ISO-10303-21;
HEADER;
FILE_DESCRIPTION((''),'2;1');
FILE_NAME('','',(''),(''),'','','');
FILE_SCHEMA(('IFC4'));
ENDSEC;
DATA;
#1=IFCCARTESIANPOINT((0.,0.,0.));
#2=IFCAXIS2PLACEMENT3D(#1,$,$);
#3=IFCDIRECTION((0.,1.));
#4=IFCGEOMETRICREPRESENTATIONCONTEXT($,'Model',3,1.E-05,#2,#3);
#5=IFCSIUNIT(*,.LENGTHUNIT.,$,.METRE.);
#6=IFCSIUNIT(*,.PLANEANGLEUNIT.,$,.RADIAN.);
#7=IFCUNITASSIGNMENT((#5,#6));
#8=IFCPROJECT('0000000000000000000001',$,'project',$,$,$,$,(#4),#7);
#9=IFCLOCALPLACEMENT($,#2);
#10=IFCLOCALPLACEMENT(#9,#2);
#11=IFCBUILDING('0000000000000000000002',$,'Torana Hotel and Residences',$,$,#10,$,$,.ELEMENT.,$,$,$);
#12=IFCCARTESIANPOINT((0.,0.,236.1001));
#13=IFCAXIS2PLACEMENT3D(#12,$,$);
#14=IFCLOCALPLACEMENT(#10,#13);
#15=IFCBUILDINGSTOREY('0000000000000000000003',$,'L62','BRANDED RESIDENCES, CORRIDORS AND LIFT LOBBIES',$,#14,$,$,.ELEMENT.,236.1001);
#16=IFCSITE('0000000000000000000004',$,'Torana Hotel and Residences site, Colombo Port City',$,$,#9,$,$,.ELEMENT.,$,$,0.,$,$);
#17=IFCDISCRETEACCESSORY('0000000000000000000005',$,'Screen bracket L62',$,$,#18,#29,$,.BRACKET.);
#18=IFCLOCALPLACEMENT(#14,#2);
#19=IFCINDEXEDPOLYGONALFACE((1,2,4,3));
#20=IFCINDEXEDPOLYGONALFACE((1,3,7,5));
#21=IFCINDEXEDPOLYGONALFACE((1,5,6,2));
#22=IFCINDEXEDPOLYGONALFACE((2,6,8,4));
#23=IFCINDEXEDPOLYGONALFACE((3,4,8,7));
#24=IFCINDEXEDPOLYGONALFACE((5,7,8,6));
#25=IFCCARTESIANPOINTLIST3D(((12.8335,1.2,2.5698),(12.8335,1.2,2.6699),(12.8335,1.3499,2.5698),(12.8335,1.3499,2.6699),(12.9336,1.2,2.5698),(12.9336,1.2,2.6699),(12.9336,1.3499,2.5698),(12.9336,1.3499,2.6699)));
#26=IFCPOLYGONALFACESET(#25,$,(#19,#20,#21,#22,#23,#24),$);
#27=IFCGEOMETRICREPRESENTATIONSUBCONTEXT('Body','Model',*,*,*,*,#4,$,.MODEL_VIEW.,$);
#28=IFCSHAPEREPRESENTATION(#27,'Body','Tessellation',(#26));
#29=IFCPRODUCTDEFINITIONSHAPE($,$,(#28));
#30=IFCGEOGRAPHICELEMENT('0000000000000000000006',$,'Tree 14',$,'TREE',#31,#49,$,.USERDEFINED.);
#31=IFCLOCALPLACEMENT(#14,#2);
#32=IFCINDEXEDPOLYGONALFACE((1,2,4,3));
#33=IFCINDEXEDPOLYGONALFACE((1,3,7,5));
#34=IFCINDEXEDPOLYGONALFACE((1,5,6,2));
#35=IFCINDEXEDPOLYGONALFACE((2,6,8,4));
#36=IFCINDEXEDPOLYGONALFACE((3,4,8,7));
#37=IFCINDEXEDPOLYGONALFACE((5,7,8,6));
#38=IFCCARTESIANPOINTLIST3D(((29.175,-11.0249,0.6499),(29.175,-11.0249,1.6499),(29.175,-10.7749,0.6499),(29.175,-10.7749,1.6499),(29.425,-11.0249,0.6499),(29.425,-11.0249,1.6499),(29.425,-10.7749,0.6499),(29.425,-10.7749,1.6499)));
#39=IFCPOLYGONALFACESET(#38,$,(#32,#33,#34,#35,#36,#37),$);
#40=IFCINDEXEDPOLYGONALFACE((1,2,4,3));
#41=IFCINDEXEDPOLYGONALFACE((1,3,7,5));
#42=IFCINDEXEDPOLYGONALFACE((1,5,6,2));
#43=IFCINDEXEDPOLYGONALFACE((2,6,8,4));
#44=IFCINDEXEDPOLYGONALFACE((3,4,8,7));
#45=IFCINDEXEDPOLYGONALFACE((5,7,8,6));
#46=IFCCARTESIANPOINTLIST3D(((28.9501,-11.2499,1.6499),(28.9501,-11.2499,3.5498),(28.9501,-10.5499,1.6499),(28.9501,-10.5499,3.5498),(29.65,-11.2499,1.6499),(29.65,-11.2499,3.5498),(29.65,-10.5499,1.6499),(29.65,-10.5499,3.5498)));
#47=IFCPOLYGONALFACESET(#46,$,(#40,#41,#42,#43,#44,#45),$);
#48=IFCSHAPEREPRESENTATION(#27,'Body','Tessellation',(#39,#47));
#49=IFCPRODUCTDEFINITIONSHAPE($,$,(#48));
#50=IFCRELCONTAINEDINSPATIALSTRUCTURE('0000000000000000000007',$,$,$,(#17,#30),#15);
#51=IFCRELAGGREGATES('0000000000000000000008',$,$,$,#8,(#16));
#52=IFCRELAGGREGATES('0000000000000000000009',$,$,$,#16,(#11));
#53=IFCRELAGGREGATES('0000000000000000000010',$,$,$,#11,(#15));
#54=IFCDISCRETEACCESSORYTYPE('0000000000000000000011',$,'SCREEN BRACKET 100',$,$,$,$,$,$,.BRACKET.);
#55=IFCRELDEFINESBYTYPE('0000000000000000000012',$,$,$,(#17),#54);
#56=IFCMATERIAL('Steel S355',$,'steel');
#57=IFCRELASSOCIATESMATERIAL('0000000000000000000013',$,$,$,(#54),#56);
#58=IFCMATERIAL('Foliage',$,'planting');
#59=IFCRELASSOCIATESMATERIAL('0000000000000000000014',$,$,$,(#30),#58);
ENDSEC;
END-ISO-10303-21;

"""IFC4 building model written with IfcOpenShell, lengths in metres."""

from ifc_helpers import new_model, si_unit, direction, frame, origin, origin_2d, place, context, subcontext, project, spatial, rectangle, extrude, material, type_object, element, save


model = new_model("IFC4")

# Units and contexts
model_context = context("Model", 3, precision=1e-05, world=origin(), true_north=direction((0.0, 1.0)))
body_context = subcontext(model_context, "Body", "Model", "MODEL_VIEW")
ifc_project = project(units=[si_unit("LENGTHUNIT", "METRE"), si_unit("PLANEANGLEUNIT", "RADIAN")], contexts=[model_context])

# Site, building, storey
site_placement = place(None, origin())
site = spatial("IfcSite", under=ifc_project, at=site_placement, Name="Torana Hotel and Residences site, Colombo Port City", CompositionType="ELEMENT", RefElevation=0.0)
building_placement = place(site_placement, origin())
building = spatial("IfcBuilding", under=site, at=building_placement, Name="Torana Hotel and Residences", CompositionType="ELEMENT")
storey_placement = place(building_placement, frame((0.0, 0.0, 236.1001)))
storey = spatial("IfcBuildingStorey", under=building, at=storey_placement, Name="L62", Description="BRANDED RESIDENCES, CORRIDORS AND LIFT LOBBIES", CompositionType="ELEMENT", Elevation=236.1001)

# Discrete accessory
ifc_material_1 = material(Name="Steel S355", Category="steel")
discrete_accessory_type = type_object("IfcDiscreteAccessoryType", Name="SCREEN BRACKET 100", PredefinedType="BRACKET", material=ifc_material_1)
for number, where, z_axis, x_axis, name in (
    (1, (12.8835, 1.2749, 2.5698), (0.0, 0.0, 1.0), (-1.0, 0.0, 0.0), "Screen bracket L62"),
):
    element("IfcDiscreteAccessory", number, at=place(storey_placement, frame(where, z_axis=z_axis, x_axis=x_axis)), inside=storey, type_object=discrete_accessory_type, Name=name, PredefinedType="BRACKET", context=body_context, shape_type="SweptSolid", body=[
        extrude(rectangle(XDim=0.1001, YDim=0.1499, at=origin_2d()), origin(), (0.0, 0.0, 1.0), 0.1001),
    ])

# Geographic element
ifc_material_2 = material(Name="Foliage", Category="planting")
geographic_element_placement = place(storey_placement, frame((29.3, -10.8999, 0.6499), z_axis=(0.0, 0.0, 1.0), x_axis=(1.0, 0.0, 0.0)))
element("IfcGeographicElement", 2, at=geographic_element_placement, inside=storey, material=ifc_material_2, Name="Tree 14", ObjectType="TREE", PredefinedType="USERDEFINED", context=body_context, shape_type="SweptSolid", body=[
    extrude(rectangle(XDim=0.25, YDim=0.25, at=origin_2d()), origin(), (0.0, 0.0, 1.0), 1.0),
    extrude(rectangle(XDim=0.7, YDim=0.7, at=origin_2d()), frame((0.0, 0.0, 1.0)), (0.0, 0.0, 1.0), 1.8999),
])

save(model, "model.ifc")
